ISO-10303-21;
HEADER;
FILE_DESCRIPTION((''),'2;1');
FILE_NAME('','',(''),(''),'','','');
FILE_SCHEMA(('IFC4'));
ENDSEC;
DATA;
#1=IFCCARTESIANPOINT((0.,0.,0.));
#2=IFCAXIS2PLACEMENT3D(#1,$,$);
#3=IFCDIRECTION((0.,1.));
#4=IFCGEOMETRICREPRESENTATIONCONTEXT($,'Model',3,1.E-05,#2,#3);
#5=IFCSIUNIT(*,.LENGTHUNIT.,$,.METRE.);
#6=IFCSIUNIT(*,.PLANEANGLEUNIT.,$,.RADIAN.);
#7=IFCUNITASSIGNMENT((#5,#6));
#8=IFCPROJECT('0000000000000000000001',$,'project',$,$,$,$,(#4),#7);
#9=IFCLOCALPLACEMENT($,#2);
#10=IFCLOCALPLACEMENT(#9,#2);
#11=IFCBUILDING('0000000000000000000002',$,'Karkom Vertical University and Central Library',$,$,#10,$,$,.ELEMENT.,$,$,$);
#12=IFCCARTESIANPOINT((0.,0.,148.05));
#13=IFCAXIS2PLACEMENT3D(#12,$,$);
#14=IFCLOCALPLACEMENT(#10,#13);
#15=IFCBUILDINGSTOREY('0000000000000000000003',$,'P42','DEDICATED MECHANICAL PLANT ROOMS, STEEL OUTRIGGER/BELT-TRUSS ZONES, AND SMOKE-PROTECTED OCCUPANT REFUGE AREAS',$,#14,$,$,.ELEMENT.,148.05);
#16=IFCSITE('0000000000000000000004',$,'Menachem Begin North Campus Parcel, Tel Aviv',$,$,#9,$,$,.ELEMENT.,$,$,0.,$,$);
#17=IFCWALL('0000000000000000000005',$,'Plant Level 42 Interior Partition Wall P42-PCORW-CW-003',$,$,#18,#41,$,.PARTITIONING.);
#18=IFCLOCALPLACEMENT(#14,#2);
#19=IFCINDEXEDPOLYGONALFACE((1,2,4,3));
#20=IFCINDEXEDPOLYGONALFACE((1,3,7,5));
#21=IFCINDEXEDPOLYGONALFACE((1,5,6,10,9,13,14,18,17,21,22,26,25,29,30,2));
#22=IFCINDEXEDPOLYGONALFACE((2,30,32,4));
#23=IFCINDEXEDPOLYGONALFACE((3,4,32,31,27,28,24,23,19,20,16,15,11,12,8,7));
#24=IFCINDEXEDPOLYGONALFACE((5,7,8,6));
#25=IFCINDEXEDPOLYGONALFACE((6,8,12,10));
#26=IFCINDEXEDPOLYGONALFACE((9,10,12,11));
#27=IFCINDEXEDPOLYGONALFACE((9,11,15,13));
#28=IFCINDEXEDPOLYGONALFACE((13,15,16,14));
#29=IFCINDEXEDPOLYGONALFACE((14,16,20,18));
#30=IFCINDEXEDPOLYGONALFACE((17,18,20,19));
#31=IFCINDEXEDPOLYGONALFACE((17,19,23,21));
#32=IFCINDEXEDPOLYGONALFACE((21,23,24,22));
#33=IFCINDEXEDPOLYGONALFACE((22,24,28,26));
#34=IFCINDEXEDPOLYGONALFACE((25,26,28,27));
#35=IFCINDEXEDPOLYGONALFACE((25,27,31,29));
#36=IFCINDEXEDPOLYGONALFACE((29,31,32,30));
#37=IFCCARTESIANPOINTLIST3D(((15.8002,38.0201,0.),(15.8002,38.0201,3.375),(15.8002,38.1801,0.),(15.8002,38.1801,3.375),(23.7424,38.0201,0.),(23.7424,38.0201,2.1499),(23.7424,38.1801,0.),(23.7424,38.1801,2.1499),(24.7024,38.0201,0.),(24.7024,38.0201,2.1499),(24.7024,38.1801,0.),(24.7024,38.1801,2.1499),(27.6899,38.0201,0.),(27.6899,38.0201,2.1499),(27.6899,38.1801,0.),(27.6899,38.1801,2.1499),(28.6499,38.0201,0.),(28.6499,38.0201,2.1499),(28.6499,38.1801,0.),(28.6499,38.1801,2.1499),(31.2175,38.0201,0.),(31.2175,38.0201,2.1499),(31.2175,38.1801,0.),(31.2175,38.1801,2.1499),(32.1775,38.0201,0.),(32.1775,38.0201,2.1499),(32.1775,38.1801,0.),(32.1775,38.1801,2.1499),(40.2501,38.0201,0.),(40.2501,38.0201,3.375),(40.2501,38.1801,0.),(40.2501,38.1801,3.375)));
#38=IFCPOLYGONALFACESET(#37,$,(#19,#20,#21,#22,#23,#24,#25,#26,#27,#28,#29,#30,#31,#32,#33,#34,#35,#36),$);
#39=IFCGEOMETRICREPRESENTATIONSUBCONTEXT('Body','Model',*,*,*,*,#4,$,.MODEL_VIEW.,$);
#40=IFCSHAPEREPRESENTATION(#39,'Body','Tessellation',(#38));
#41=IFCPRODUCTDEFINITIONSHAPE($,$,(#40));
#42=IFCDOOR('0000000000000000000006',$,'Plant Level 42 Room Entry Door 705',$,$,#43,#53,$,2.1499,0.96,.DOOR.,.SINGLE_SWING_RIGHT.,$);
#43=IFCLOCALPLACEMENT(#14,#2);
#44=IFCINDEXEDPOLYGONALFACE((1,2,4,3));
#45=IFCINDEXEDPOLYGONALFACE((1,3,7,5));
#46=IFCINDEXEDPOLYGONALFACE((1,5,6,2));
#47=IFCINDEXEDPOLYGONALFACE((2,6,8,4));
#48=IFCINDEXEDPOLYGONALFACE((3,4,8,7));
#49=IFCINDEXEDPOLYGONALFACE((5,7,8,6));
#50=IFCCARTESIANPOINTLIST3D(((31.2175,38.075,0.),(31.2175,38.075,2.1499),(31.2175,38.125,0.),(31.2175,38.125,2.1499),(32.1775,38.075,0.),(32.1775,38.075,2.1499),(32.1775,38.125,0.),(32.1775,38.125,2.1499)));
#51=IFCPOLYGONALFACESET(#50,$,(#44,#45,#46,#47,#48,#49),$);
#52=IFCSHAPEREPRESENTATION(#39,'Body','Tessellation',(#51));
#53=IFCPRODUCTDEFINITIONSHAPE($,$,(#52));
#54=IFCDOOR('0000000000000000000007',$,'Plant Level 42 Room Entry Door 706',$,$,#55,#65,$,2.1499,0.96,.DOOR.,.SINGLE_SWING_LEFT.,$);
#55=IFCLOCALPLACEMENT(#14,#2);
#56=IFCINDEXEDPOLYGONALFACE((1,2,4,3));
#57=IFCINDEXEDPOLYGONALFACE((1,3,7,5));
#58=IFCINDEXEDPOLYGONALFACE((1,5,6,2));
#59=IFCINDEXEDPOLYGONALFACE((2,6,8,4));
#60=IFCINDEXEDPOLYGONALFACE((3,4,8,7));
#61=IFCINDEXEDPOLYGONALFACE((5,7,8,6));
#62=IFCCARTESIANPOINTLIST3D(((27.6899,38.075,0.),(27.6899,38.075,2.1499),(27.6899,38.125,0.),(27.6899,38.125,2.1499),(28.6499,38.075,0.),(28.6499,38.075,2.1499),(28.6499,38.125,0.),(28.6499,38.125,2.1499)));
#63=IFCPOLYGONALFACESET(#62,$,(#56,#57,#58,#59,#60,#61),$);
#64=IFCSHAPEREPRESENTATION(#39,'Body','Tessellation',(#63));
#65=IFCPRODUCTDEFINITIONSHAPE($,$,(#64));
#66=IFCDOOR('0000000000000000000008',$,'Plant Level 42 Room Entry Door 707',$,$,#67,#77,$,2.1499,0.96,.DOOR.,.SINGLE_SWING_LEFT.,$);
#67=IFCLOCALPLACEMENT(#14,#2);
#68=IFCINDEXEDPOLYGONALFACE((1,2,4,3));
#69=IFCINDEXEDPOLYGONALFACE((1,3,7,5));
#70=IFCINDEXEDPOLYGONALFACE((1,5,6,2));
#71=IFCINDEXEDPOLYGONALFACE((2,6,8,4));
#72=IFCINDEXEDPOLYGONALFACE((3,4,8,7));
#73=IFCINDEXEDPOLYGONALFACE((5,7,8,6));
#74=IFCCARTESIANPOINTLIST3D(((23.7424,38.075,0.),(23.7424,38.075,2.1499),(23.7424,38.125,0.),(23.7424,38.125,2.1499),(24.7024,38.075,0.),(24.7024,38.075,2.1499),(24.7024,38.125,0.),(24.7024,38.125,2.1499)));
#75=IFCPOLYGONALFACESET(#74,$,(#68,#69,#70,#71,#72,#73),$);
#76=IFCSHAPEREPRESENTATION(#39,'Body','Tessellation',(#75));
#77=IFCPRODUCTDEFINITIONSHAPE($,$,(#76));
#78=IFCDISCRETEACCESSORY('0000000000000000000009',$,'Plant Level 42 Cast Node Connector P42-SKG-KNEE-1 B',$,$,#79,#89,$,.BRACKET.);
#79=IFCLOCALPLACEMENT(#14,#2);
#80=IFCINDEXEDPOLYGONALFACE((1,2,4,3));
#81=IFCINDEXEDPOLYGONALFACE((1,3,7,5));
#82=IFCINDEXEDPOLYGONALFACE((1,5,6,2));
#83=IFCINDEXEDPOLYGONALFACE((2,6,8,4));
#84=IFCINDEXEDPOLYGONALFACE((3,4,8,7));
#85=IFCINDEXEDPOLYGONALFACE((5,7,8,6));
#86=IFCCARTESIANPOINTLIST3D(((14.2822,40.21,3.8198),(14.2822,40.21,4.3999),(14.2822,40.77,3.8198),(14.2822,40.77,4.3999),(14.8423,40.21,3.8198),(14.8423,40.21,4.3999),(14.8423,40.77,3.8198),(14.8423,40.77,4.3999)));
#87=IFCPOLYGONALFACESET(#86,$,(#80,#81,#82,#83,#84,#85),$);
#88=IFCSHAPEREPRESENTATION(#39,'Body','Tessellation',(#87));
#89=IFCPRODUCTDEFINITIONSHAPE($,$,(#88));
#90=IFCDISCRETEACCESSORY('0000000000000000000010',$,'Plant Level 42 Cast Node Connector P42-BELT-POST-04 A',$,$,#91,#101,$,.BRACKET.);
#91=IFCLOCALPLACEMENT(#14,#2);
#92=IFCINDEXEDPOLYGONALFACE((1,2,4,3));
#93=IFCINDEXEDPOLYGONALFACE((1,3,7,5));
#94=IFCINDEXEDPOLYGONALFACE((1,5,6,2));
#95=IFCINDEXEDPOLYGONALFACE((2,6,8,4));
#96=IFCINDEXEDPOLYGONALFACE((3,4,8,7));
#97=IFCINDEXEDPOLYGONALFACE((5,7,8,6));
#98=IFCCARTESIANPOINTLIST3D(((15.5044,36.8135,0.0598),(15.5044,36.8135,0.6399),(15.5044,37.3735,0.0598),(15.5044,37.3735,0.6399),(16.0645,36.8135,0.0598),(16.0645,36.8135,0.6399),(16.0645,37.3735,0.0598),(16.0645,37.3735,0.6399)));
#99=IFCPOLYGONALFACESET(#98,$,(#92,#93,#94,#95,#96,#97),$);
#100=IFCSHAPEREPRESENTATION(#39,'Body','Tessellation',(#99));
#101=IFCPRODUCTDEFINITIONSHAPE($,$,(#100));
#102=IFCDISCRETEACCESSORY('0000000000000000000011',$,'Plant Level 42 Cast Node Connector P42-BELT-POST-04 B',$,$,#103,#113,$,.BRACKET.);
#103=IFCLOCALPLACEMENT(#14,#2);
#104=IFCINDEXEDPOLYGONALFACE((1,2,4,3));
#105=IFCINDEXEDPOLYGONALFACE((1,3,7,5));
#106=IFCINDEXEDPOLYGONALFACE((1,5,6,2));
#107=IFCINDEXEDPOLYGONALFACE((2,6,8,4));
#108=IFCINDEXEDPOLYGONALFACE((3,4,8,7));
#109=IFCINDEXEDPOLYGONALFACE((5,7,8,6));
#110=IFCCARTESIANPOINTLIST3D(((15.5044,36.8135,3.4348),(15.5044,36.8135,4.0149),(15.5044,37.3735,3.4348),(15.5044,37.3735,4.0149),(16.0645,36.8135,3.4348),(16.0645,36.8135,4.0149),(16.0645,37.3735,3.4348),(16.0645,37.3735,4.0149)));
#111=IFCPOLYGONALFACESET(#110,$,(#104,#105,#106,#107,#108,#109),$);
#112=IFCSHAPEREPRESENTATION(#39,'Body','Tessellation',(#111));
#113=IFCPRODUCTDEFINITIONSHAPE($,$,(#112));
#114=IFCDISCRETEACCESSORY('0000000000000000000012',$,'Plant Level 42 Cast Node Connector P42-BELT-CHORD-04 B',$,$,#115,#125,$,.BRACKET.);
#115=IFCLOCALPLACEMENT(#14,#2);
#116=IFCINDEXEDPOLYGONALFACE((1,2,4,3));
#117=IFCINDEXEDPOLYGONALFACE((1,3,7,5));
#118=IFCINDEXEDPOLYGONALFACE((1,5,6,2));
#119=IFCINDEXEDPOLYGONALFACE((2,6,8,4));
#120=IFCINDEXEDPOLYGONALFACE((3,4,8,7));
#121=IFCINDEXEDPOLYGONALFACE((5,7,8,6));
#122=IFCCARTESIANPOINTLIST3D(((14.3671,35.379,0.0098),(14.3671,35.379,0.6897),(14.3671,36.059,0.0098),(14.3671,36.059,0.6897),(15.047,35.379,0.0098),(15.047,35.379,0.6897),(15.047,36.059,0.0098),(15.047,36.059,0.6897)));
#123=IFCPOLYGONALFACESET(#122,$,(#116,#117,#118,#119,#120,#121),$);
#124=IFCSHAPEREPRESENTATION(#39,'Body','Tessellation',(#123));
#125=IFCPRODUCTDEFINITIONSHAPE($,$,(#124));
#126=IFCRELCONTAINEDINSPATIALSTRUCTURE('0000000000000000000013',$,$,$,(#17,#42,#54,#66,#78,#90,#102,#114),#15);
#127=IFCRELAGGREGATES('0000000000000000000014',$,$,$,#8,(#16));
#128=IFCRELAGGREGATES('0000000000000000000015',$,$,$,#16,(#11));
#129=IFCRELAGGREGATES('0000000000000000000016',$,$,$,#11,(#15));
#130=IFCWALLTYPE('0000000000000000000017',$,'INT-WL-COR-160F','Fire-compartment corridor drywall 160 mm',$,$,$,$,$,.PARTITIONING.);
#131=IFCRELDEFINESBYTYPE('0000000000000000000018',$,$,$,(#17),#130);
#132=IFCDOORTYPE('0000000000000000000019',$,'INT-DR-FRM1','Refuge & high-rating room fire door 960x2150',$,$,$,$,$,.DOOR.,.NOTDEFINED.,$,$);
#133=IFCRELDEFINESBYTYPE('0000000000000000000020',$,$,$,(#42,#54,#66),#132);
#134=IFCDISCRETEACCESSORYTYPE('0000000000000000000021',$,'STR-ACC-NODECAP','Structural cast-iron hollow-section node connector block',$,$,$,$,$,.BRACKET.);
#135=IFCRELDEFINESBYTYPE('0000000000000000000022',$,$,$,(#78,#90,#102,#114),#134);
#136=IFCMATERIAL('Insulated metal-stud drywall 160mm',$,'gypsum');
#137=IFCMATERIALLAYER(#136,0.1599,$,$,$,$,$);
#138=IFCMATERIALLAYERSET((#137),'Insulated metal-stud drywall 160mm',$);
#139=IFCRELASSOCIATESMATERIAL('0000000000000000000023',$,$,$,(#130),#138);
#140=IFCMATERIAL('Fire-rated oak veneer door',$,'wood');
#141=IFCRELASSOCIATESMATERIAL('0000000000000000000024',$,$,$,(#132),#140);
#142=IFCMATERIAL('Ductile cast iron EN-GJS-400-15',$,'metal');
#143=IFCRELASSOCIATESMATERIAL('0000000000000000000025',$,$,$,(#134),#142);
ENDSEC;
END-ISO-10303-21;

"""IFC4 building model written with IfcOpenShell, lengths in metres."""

from ifc_helpers import new_model, si_unit, direction, frame, frame_2d, origin, origin_with_axes, origin_2d, place, context, subcontext, project, spatial, rectangle, extrude, source, transform, mapped, material, layer, layer_set, type_object, element, fill, save


model = new_model("IFC4")

# Units and contexts
model_context = context("Model", 3, precision=1e-05, world=origin(), true_north=direction((0.0, 1.0)))
body_context = subcontext(model_context, "Body", "Model", "MODEL_VIEW")
ifc_project = project(units=[si_unit("LENGTHUNIT", "METRE"), si_unit("PLANEANGLEUNIT", "RADIAN")], contexts=[model_context])

# Site, building, storey
site_placement = place(None, origin())
site = spatial("IfcSite", under=ifc_project, at=site_placement, Name="Menachem Begin North Campus Parcel, Tel Aviv", CompositionType="ELEMENT", RefElevation=0.0)
building_placement = place(site_placement, origin())
building = spatial("IfcBuilding", under=site, at=building_placement, Name="Karkom Vertical University and Central Library", CompositionType="ELEMENT")
storey_placement = place(building_placement, frame((0.0, 0.0, 148.05)))
storey = spatial("IfcBuildingStorey", under=building, at=storey_placement, Name="P42", Description="DEDICATED MECHANICAL PLANT ROOMS, STEEL OUTRIGGER/BELT-TRUSS ZONES, AND SMOKE-PROTECTED OCCUPANT REFUGE AREAS", CompositionType="ELEMENT", Elevation=148.05)

# Wall, openings, doors
ifc_material_1 = material(Name="Insulated metal-stud drywall 160mm", Category="gypsum")
ifc_layer_1 = layer(ifc_material_1, 0.1599)
ifc_layer_set_1 = layer_set([ifc_layer_1], Name="Insulated metal-stud drywall 160mm")
wall_type_1 = type_object("IfcWallType", Name="INT-WL-COR-160F", Description="Fire-compartment corridor drywall 160 mm", PredefinedType="PARTITIONING", material=ifc_layer_set_1)
wall_1_placement = place(storey_placement, frame((15.8, 38.1001, 0.0), z_axis=(0.0, 0.0, 1.0), x_axis=(1.0, 0.0, 0.0)))
wall_1 = element("IfcWall", 1, at=wall_1_placement, inside=storey, type_object=wall_type_1, Name="Plant Level 42 Interior Partition Wall P42-PCORW-CW-003", PredefinedType="PARTITIONING", context=body_context, shape_type="SweptSolid", body=[
    extrude(rectangle(XDim=24.45, YDim=0.1599, at=frame_2d((12.2251, 0.0))), origin(), (0.0, 0.0, 1.0), 3.375),
])
opening_1_placement = place(wall_1_placement, frame((15.4175, 0.0, 0.0)))
opening_1 = element("IfcOpeningElement", 2, at=opening_1_placement, cuts=wall_1, PredefinedType="OPENING", context=body_context, shape_type="SweptSolid", body=[
    extrude(rectangle(XDim=0.96, YDim=2.1499, at=frame_2d((0.48, 1.075))), frame((0.0, 0.0898, 0.0), z_axis=(0.0, -1.0, 0.0), x_axis=(1.0, 0.0, 0.0)), (0.0, 0.0, 1.0), 0.1799),
])
opening_2_placement = place(wall_1_placement, frame((11.8899, 0.0, 0.0)))
opening_2 = element("IfcOpeningElement", 3, at=opening_2_placement, cuts=wall_1, PredefinedType="OPENING", context=body_context, shape_type="SweptSolid", body=[
    extrude(rectangle(XDim=0.96, YDim=2.1499, at=frame_2d((0.48, 1.075))), frame((0.0, 0.0898, 0.0), z_axis=(0.0, -1.0, 0.0), x_axis=(1.0, 0.0, 0.0)), (0.0, 0.0, 1.0), 0.1799),
])
opening_3_placement = place(wall_1_placement, frame((7.9424, 0.0, 0.0)))
opening_3 = element("IfcOpeningElement", 4, at=opening_3_placement, cuts=wall_1, PredefinedType="OPENING", context=body_context, shape_type="SweptSolid", body=[
    extrude(rectangle(XDim=0.96, YDim=2.1499, at=frame_2d((0.48, 1.075))), frame((0.0, 0.0898, 0.0), z_axis=(0.0, -1.0, 0.0), x_axis=(1.0, 0.0, 0.0)), (0.0, 0.0, 1.0), 0.1799),
])
ifc_material_2 = material(Name="Fire-rated oak veneer door", Category="wood")
door_type = type_object("IfcDoorType", Name="INT-DR-FRM1", Description="Refuge & high-rating room fire door 960x2150", OperationType="NOTDEFINED", PredefinedType="DOOR", material=ifc_material_2)
shared_shape_1 = source(origin_with_axes(), body_context, "Body", "SweptSolid", [
    extrude(rectangle(XDim=0.96, YDim=2.1499, at=frame_2d((0.48, 1.075))), frame((0.0, 0.0249, 0.0), z_axis=(0.0, -1.0, 0.0), x_axis=(1.0, 0.0, 0.0)), (0.0, 0.0, 1.0), 0.05),
])
door_1_placement = place(opening_1_placement, origin())
door_1 = element("IfcDoor", 5, at=door_1_placement, inside=storey, type_object=door_type, Name="Plant Level 42 Room Entry Door 705", OperationType="SINGLE_SWING_RIGHT", OverallHeight=2.1499, OverallWidth=0.96, PredefinedType="DOOR", context=body_context, shape_type="MappedRepresentation", body=[
    mapped(shared_shape_1, transform((0.0, 0.0, 0.0), scale=1.0)),
])
fill(opening_1, door_1)
door_2_placement = place(opening_2_placement, origin())
door_2 = element("IfcDoor", 6, at=door_2_placement, inside=storey, type_object=door_type, Name="Plant Level 42 Room Entry Door 706", OperationType="SINGLE_SWING_LEFT", OverallHeight=2.1499, OverallWidth=0.96, PredefinedType="DOOR", context=body_context, shape_type="MappedRepresentation", body=[
    mapped(shared_shape_1, transform((0.0, 0.0, 0.0), scale=1.0)),
])
fill(opening_2, door_2)
door_3_placement = place(opening_3_placement, origin())
door_3 = element("IfcDoor", 7, at=door_3_placement, inside=storey, type_object=door_type, Name="Plant Level 42 Room Entry Door 707", OperationType="SINGLE_SWING_LEFT", OverallHeight=2.1499, OverallWidth=0.96, PredefinedType="DOOR", context=body_context, shape_type="MappedRepresentation", body=[
    mapped(shared_shape_1, transform((0.0, 0.0, 0.0), scale=1.0)),
])
fill(opening_3, door_3)

# Discrete accessories
ifc_material_3 = material(Name="Ductile cast iron EN-GJS-400-15", Category="metal")
discrete_accessory_type = type_object("IfcDiscreteAccessoryType", Name="STR-ACC-NODECAP", Description="Structural cast-iron hollow-section node connector block", PredefinedType="BRACKET", material=ifc_material_3)
shared_shape_2 = source(origin_with_axes(), body_context, "Body", "SweptSolid", [
    extrude(rectangle(XDim=0.5601, YDim=0.5601, at=origin_2d()), origin(), (0.0, 0.0, 1.0), 0.5801),
])
for number, where, z_axis, x_axis, name in (
    (8, (14.5623, 40.49, 3.8198), (0.0, 0.0, 1.0), (1.0, 0.0, 0.0), "Plant Level 42 Cast Node Connector P42-SKG-KNEE-1 B"),
    (9, (15.7844, 37.0935, 0.0598), (0.0, 0.0, 1.0), (1.0, 0.0, 0.0), "Plant Level 42 Cast Node Connector P42-BELT-POST-04 A"),
    (10, (15.7844, 37.0935, 3.4348), (0.0, 0.0, 1.0), (1.0, 0.0, 0.0), "Plant Level 42 Cast Node Connector P42-BELT-POST-04 B"),
):
    element("IfcDiscreteAccessory", number, at=place(storey_placement, frame(where, z_axis=z_axis, x_axis=x_axis)), inside=storey, type_object=discrete_accessory_type, Name=name, PredefinedType="BRACKET", context=body_context, shape_type="MappedRepresentation", body=[
        mapped(shared_shape_2, transform((0.0, 0.0, 0.0), scale=1.0)),
    ])
shared_shape_3 = source(origin_with_axes(), body_context, "Body", "SweptSolid", [
    extrude(rectangle(XDim=0.6799, YDim=0.6799, at=origin_2d()), origin(), (0.0, 0.0, 1.0), 0.6799),
])
discrete_accessory_placement = place(storey_placement, frame((14.707, 35.719, 0.0098), z_axis=(0.0, 0.0, 1.0), x_axis=(1.0, 0.0, 0.0)))
element("IfcDiscreteAccessory", 11, at=discrete_accessory_placement, inside=storey, type_object=discrete_accessory_type, Name="Plant Level 42 Cast Node Connector P42-BELT-CHORD-04 B", PredefinedType="BRACKET", context=body_context, shape_type="MappedRepresentation", body=[
    mapped(shared_shape_3, transform((0.0, 0.0, 0.0), scale=1.0)),
])

save(model, "model.ifc")
